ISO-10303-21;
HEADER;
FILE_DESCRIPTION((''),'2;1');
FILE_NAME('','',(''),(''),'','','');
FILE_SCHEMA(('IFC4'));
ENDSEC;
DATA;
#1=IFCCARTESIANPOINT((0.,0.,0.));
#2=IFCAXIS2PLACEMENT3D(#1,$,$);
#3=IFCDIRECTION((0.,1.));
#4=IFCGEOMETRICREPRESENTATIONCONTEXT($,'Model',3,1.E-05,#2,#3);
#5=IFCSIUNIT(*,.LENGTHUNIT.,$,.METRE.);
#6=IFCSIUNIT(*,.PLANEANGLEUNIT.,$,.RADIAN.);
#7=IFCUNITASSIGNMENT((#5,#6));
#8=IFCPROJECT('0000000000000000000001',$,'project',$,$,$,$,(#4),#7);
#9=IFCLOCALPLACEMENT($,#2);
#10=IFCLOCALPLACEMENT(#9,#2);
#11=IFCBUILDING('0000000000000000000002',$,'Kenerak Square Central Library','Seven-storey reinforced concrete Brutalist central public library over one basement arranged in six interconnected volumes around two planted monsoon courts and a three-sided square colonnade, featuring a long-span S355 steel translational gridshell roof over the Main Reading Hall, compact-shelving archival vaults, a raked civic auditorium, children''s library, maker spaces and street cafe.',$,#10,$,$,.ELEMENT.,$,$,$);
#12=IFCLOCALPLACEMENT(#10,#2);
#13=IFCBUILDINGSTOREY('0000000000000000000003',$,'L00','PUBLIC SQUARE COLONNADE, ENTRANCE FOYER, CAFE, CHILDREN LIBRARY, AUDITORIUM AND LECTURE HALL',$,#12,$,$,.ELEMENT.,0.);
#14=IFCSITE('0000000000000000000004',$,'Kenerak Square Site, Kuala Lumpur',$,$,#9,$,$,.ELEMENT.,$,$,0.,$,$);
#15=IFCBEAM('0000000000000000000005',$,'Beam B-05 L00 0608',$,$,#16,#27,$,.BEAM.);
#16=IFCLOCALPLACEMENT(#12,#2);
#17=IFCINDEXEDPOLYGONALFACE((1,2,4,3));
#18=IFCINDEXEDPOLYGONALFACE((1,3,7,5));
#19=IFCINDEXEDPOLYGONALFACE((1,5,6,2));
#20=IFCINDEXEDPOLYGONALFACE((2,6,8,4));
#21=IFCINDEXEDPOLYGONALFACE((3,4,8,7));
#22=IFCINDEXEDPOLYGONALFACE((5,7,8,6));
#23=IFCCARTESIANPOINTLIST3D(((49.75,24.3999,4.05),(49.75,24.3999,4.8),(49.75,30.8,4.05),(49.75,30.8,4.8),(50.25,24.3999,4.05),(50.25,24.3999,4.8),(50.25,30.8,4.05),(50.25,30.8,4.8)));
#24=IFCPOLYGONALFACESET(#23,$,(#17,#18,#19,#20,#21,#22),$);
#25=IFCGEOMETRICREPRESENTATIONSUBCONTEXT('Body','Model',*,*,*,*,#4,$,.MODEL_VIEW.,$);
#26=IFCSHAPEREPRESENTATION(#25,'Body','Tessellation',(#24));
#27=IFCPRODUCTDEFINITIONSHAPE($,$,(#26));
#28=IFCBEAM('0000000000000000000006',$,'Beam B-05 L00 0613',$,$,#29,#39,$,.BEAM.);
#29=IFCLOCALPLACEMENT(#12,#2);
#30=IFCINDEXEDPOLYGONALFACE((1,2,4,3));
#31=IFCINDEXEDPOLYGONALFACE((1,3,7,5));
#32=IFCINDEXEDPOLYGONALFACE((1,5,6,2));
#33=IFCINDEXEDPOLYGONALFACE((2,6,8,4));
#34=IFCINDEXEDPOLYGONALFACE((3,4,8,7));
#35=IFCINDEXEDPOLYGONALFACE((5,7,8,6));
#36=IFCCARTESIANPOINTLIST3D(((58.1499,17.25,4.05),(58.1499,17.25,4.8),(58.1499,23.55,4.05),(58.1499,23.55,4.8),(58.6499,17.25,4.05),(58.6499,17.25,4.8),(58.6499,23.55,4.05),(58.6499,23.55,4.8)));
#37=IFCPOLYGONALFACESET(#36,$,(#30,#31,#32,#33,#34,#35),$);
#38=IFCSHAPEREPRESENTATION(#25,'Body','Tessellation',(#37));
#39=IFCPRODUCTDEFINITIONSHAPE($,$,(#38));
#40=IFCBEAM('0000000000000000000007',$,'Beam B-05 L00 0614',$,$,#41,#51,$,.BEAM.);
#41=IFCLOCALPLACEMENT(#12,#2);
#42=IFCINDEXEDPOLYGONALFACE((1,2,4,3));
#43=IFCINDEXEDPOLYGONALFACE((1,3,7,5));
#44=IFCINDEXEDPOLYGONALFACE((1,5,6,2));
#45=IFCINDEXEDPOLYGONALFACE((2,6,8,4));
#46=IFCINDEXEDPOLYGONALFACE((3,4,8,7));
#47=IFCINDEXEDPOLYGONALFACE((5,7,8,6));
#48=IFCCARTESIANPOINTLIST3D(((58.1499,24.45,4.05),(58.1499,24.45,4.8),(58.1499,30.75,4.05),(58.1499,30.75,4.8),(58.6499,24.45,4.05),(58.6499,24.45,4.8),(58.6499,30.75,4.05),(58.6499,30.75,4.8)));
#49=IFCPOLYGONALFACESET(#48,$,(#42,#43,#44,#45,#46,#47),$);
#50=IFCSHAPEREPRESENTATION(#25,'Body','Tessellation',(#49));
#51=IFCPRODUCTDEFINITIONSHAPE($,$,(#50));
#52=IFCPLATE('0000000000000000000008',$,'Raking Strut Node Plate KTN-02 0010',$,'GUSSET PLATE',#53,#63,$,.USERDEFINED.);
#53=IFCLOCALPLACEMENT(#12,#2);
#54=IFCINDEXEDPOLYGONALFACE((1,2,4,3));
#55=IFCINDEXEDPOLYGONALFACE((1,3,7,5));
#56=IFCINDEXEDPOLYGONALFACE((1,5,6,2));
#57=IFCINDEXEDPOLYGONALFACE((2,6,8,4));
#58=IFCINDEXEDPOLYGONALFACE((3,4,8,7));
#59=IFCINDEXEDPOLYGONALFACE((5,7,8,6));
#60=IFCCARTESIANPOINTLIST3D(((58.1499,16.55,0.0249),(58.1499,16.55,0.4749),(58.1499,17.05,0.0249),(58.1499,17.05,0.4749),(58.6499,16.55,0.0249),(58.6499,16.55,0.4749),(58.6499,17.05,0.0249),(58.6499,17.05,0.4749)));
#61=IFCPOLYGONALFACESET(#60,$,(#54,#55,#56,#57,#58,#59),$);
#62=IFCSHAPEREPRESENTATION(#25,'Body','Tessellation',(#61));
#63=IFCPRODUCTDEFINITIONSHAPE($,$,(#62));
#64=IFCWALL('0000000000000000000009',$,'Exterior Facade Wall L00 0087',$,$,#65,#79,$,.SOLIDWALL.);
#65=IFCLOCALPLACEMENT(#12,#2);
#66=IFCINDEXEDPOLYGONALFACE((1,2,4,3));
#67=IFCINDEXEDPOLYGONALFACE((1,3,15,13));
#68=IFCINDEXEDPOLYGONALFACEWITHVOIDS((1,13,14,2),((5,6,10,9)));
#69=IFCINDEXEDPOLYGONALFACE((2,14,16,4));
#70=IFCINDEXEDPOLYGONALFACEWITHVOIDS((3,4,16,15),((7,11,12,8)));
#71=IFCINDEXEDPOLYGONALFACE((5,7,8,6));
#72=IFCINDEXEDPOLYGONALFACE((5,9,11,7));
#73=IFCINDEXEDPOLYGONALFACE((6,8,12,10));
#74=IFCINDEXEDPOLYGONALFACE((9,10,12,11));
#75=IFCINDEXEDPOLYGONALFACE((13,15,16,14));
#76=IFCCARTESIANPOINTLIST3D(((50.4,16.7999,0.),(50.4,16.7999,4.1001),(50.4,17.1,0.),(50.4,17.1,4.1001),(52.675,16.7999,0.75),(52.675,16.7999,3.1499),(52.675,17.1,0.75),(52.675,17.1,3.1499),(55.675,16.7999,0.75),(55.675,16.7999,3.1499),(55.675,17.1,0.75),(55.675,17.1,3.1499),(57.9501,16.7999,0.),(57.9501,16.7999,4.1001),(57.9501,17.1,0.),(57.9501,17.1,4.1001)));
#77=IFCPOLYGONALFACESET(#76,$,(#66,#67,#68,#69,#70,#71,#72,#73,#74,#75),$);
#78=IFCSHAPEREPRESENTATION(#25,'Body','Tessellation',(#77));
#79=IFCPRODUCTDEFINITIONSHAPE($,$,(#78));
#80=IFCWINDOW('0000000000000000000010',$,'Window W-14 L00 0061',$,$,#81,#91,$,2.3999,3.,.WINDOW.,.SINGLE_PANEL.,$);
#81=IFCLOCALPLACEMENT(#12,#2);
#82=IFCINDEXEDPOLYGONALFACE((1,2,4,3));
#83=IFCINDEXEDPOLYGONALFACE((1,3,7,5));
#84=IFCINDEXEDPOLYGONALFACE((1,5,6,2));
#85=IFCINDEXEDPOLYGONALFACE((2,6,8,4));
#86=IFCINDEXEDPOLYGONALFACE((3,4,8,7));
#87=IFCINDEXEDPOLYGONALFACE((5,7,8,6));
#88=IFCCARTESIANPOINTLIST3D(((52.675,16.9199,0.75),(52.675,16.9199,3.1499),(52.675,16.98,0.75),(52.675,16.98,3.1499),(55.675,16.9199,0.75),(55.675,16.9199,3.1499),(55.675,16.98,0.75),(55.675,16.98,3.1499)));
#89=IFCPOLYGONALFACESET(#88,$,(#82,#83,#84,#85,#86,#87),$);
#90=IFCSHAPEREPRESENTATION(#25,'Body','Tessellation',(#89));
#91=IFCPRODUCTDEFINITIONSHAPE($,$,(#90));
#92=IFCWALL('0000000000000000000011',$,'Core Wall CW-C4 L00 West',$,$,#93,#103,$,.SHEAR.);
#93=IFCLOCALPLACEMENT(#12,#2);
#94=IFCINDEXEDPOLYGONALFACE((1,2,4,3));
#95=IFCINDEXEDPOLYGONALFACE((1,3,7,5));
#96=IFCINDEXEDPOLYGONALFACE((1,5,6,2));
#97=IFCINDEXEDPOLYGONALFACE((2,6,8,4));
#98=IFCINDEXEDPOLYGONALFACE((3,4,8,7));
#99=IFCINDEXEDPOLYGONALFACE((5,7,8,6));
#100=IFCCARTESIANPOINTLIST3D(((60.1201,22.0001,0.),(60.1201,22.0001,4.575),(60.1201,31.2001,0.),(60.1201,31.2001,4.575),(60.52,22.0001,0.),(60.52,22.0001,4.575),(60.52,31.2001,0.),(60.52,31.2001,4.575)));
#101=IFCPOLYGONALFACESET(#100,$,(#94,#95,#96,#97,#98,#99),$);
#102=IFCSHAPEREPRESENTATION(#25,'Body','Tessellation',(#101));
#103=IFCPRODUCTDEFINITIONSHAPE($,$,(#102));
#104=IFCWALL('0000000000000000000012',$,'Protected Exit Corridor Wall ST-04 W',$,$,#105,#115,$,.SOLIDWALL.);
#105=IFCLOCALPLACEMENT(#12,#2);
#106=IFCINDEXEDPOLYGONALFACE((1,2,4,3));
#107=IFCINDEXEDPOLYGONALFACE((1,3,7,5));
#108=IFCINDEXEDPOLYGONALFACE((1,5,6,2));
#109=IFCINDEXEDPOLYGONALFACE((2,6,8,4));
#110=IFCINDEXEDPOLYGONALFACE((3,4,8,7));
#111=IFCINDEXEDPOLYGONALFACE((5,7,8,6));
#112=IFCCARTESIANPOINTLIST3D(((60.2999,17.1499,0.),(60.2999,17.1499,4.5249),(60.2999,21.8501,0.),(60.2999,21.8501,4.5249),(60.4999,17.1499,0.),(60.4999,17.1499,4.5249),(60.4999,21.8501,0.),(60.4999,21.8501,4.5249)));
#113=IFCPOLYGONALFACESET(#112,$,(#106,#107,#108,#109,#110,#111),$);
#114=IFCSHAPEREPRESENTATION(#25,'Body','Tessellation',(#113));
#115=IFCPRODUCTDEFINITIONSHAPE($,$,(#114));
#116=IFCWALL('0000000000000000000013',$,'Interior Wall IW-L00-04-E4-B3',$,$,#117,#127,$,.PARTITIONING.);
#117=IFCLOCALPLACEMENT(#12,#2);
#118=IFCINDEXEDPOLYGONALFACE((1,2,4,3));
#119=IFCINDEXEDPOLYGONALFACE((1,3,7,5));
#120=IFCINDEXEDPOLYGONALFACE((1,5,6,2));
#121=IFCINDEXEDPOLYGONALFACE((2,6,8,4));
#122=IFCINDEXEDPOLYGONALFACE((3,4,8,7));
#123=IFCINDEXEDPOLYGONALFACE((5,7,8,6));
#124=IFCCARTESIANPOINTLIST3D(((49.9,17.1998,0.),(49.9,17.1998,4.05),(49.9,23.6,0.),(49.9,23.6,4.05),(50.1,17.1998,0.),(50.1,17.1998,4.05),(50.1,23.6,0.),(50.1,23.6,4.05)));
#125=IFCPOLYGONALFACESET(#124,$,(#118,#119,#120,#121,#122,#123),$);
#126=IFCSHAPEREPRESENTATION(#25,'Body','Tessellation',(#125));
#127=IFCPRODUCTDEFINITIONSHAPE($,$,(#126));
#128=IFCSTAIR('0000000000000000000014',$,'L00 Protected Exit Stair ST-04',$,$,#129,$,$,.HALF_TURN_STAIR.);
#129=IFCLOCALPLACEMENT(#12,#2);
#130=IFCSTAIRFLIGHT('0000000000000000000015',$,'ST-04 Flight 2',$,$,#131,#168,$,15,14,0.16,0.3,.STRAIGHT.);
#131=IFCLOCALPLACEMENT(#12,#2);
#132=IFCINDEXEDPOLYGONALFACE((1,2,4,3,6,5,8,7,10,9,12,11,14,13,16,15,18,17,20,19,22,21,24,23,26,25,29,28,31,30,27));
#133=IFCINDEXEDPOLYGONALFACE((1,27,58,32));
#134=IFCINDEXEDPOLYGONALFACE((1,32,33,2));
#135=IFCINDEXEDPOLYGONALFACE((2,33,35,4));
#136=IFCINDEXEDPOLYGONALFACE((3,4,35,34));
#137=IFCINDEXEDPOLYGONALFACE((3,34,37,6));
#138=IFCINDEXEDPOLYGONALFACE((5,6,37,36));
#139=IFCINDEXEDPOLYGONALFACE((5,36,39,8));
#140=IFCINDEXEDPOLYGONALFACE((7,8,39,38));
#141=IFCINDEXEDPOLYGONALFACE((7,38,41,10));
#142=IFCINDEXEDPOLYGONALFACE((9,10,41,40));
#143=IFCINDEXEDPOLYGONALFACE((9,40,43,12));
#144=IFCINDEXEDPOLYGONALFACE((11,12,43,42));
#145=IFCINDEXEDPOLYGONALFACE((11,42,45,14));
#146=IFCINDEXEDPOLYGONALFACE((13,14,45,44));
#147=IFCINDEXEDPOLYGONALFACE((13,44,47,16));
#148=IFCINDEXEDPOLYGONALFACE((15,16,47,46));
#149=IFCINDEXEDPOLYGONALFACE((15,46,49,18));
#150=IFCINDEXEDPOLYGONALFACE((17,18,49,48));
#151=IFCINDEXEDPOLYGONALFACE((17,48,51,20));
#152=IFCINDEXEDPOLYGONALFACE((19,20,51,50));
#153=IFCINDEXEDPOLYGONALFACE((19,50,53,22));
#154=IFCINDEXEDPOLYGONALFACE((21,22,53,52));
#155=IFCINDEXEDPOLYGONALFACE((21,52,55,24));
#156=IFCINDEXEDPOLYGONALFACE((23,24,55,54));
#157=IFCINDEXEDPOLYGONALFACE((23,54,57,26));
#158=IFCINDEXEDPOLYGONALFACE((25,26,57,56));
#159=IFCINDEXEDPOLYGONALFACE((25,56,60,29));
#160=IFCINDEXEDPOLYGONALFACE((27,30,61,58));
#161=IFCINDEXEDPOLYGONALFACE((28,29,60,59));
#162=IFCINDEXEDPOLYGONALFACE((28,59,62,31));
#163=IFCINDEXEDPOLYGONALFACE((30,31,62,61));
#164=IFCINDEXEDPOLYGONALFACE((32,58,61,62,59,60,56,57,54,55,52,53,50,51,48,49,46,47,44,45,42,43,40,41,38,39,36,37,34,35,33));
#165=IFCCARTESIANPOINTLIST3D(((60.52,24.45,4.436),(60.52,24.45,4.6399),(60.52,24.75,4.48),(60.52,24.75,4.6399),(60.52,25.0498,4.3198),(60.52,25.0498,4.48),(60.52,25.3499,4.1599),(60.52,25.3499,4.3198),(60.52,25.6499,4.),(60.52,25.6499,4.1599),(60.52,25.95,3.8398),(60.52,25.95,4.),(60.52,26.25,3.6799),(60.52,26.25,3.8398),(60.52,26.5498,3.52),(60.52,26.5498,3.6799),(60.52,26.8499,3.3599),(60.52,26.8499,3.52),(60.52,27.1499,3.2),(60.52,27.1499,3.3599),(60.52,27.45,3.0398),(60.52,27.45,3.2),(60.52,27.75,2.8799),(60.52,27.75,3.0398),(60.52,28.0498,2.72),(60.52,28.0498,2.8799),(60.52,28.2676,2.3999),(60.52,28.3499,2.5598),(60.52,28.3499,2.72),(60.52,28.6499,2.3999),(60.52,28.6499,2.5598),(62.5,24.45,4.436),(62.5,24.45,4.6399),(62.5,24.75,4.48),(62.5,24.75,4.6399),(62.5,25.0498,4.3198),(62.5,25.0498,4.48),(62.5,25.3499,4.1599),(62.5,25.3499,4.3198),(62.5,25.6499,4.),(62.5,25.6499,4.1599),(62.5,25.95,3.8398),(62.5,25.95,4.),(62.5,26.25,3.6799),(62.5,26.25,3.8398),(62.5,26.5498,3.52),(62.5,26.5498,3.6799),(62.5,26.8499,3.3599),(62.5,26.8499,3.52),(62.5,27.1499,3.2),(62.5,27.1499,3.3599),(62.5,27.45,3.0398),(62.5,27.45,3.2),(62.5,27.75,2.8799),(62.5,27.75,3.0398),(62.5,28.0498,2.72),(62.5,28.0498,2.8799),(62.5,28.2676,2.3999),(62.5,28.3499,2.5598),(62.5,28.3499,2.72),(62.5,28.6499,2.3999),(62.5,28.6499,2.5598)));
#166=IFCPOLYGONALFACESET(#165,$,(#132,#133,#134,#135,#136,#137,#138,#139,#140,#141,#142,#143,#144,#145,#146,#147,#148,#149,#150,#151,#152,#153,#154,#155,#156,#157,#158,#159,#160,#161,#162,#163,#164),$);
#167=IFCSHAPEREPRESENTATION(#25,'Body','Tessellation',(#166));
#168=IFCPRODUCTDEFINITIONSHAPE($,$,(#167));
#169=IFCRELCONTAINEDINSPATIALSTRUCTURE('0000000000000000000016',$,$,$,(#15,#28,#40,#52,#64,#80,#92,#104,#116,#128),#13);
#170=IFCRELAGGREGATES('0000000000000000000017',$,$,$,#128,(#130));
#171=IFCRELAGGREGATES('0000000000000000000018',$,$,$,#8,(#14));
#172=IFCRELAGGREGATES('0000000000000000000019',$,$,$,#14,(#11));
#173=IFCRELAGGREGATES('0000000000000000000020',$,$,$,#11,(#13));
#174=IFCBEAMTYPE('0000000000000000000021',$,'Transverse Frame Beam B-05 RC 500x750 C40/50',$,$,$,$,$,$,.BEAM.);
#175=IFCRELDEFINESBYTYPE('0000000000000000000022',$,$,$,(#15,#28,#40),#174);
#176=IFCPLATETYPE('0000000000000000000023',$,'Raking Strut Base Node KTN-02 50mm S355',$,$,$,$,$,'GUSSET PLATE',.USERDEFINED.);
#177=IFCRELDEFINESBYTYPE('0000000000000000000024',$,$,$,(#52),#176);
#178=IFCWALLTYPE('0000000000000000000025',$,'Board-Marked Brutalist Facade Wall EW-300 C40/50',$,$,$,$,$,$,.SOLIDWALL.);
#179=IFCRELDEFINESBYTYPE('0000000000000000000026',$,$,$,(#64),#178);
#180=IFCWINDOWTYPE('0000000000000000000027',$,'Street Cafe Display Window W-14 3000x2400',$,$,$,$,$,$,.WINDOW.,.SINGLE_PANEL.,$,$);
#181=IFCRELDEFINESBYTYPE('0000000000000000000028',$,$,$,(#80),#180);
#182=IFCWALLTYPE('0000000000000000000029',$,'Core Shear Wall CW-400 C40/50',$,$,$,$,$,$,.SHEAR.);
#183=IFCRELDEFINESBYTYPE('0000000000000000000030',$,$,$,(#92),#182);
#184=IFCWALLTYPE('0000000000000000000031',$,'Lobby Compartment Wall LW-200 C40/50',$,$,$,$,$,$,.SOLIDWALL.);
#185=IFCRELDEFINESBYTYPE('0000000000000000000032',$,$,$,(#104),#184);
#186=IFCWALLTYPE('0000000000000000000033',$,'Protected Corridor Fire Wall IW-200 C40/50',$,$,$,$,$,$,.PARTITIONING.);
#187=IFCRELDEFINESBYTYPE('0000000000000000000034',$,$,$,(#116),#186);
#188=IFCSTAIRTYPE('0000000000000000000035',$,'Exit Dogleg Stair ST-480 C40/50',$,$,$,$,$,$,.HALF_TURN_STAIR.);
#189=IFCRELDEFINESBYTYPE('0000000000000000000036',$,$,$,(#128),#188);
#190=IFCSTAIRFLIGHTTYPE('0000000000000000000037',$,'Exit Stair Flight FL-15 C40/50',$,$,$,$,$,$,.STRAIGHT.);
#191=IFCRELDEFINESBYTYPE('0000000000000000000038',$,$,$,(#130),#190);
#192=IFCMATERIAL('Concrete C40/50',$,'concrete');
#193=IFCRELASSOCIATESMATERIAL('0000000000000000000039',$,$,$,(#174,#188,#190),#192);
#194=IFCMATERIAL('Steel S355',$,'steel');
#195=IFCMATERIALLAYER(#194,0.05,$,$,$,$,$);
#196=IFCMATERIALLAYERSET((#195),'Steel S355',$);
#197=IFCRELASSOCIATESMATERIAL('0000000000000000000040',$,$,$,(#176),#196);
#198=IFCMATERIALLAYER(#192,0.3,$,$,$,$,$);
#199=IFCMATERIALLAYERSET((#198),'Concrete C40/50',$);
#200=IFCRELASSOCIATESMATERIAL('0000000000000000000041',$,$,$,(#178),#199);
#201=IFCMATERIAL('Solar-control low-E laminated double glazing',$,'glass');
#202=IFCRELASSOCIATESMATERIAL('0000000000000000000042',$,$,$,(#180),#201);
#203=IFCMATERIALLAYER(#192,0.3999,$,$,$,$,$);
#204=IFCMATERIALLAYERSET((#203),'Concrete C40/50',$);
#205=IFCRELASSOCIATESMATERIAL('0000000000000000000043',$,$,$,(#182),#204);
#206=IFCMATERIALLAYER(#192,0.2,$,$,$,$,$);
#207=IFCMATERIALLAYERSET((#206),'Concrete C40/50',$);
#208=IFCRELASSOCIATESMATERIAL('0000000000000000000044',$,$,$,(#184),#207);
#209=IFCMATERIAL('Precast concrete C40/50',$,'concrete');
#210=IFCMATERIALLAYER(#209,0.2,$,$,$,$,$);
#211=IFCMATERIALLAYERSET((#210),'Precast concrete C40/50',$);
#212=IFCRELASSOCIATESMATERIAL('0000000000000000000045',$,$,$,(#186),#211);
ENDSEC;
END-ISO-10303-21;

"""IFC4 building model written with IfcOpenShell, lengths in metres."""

from ifc_helpers import new_model, si_unit, direction, frame, frame_2d, origin, origin_2d, place, context, subcontext, project, spatial, polyline, rectangle, outline, extrude, material, layer, layer_set, material_profile, profile_set, type_object, element, fill, aggregate, save


model = new_model("IFC4")

# Units and contexts
model_context = context("Model", 3, precision=1e-05, world=origin(), true_north=direction((0.0, 1.0)))
body_context = subcontext(model_context, "Body", "Model", "MODEL_VIEW")
ifc_project = project(units=[si_unit("LENGTHUNIT", "METRE"), si_unit("PLANEANGLEUNIT", "RADIAN")], contexts=[model_context])

# Site, building, storey
site_placement = place(None, origin())
site = spatial("IfcSite", under=ifc_project, at=site_placement, Name="Kenerak Square Site, Kuala Lumpur", CompositionType="ELEMENT", RefElevation=0.0)
building_placement = place(site_placement, origin())
building = spatial("IfcBuilding", under=site, at=building_placement, Name="Kenerak Square Central Library", Description="Seven-storey reinforced concrete Brutalist central public library over one basement arranged in six interconnected volumes around two planted monsoon courts and a three-sided square colonnade, featuring a long-span S355 steel translational gridshell roof over the Main Reading Hall, compact-shelving archival vaults, a raked civic auditorium, children's library, maker spaces and street cafe.", CompositionType="ELEMENT")
storey_placement = place(building_placement, origin())
storey = spatial("IfcBuildingStorey", under=building, at=storey_placement, Name="L00", Description="PUBLIC SQUARE COLONNADE, ENTRANCE FOYER, CAFE, CHILDREN LIBRARY, AUDITORIUM AND LECTURE HALL", CompositionType="ELEMENT", Elevation=0.0)

# Shared definitions
ifc_material_1 = material(Name="Concrete C40/50", Category="concrete")

# Shared definitions
ifc_material_2 = material(Name="Steel S355", Category="steel")

# Beams
ifc_material_profile_1 = material_profile(ifc_material_1, rectangle(XDim=0.5, YDim=0.75, at=origin_2d()), Name="RC 500x750")
ifc_profile_set_1 = profile_set([ifc_material_profile_1], Name="Concrete C40/50")
beam_type_1 = type_object("IfcBeamType", Name="Transverse Frame Beam B-05 RC 500x750 C40/50", PredefinedType="BEAM", material=ifc_profile_set_1)
beam_1_placement = place(storey_placement, frame((50.0, 24.3999, 4.425), z_axis=(0.0, 1.0, 0.0), x_axis=(-1.0, 0.0, 0.0)))
element("IfcBeam", 1, at=beam_1_placement, inside=storey, type_object=beam_type_1, Name="Beam B-05 L00 0608", PredefinedType="BEAM", context=body_context, shape_type="SweptSolid", body=[
    extrude(rectangle(XDim=0.5, YDim=0.75, at=origin_2d()), origin(), (0.0, 0.0, 1.0), 6.4001),
])
for number, where, z_axis, x_axis, name in (
    (2, (58.3999, 17.25, 4.425), (0.0, 1.0, 0.0), (-1.0, 0.0, 0.0), "Beam B-05 L00 0613"),
    (3, (58.3999, 24.45, 4.425), (0.0, 1.0, 0.0), (-1.0, 0.0, 0.0), "Beam B-05 L00 0614"),
):
    element("IfcBeam", number, at=place(storey_placement, frame(where, z_axis=z_axis, x_axis=x_axis)), inside=storey, type_object=beam_type_1, Name=name, PredefinedType="BEAM", context=body_context, shape_type="SweptSolid", body=[
        extrude(rectangle(XDim=0.5, YDim=0.75, at=origin_2d()), origin(), (0.0, 0.0, 1.0), 6.3),
    ])

# Plate
ifc_layer_1 = layer(ifc_material_2, 0.05)
ifc_layer_set_1 = layer_set([ifc_layer_1], Name="Steel S355")
plate_type = type_object("IfcPlateType", Name="Raking Strut Base Node KTN-02 50mm S355", ElementType="GUSSET PLATE", PredefinedType="USERDEFINED", material=ifc_layer_set_1)
plate_placement = place(storey_placement, frame((58.3999, 16.8, 0.0249), z_axis=(0.0, 0.0, 1.0), x_axis=(1.0, 0.0, 0.0)))
element("IfcPlate", 4, at=plate_placement, inside=storey, type_object=plate_type, Name="Raking Strut Node Plate KTN-02 0010", ObjectType="GUSSET PLATE", PredefinedType="USERDEFINED", context=body_context, shape_type="SweptSolid", body=[
    extrude(rectangle(XDim=0.5, YDim=0.5, at=origin_2d()), origin(), (0.0, 0.0, 1.0), 0.45),
])

# Wall, opening, window
ifc_layer_2 = layer(ifc_material_1, 0.3)
ifc_layer_set_2 = layer_set([ifc_layer_2], Name="Concrete C40/50")
wall_type_1 = type_object("IfcWallType", Name="Board-Marked Brutalist Facade Wall EW-300 C40/50", PredefinedType="SOLIDWALL", material=ifc_layer_set_2)
wall_1_placement = place(storey_placement, frame((57.95, 16.95, 0.0), z_axis=(0.0, 0.0, 1.0), x_axis=(-1.0, 0.0, 0.0)))
wall_1 = element("IfcWall", 5, at=wall_1_placement, inside=storey, type_object=wall_type_1, Name="Exterior Facade Wall L00 0087", PredefinedType="SOLIDWALL", context=body_context, shape_type="SweptSolid", body=[
    extrude(rectangle(XDim=7.55, YDim=0.3, at=frame_2d((3.7749, 0.0))), origin(), (0.0, 0.0, 1.0), 4.1001),
])
opening_placement = place(wall_1_placement, frame((2.2749, 0.0, 0.75)))
opening = element("IfcOpeningElement", 6, at=opening_placement, cuts=wall_1, PredefinedType="OPENING", context=body_context, shape_type="SweptSolid", body=[
    extrude(rectangle(XDim=3.0, YDim=2.3999, at=frame_2d((1.5, 1.2))), frame((0.0, 0.1599, 0.0), z_axis=(0.0, -1.0, 0.0), x_axis=(1.0, 0.0, 0.0)), (0.0, 0.0, 1.0), 0.3201),
])
ifc_material_3 = material(Name="Solar-control low-E laminated double glazing", Category="glass")
window_type = type_object("IfcWindowType", Name="Street Cafe Display Window W-14 3000x2400", PartitioningType="SINGLE_PANEL", PredefinedType="WINDOW", material=ifc_material_3)
window_placement = place(opening_placement, origin())
window = element("IfcWindow", 7, at=window_placement, inside=storey, type_object=window_type, Name="Window W-14 L00 0061", OverallHeight=2.3999, OverallWidth=3.0, PartitioningType="SINGLE_PANEL", PredefinedType="WINDOW", context=body_context, shape_type="SweptSolid", body=[
    extrude(rectangle(XDim=3.0, YDim=2.3999, at=frame_2d((1.5, 1.2))), frame((0.0, 0.03, 0.0), z_axis=(0.0, -1.0, 0.0), x_axis=(1.0, 0.0, 0.0)), (0.0, 0.0, 1.0), 0.0601),
])
fill(opening, window)

# Walls
ifc_layer_3 = layer(ifc_material_1, 0.3999)
ifc_layer_set_3 = layer_set([ifc_layer_3], Name="Concrete C40/50")
wall_type_2 = type_object("IfcWallType", Name="Core Shear Wall CW-400 C40/50", PredefinedType="SHEAR", material=ifc_layer_set_3)
wall_2_placement = place(storey_placement, frame((60.3201, 22.0, 0.0), z_axis=(0.0, 0.0, 1.0), x_axis=(0.0, 1.0, 0.0)))
element("IfcWall", 8, at=wall_2_placement, inside=storey, type_object=wall_type_2, Name="Core Wall CW-C4 L00 West", PredefinedType="SHEAR", context=body_context, shape_type="SweptSolid", body=[
    extrude(rectangle(XDim=9.2, YDim=0.3999, at=frame_2d((4.6001, 0.0))), origin(), (0.0, 0.0, 1.0), 4.575),
])
ifc_layer_4 = layer(ifc_material_1, 0.2)
ifc_layer_set_4 = layer_set([ifc_layer_4], Name="Concrete C40/50")
wall_type_3 = type_object("IfcWallType", Name="Lobby Compartment Wall LW-200 C40/50", PredefinedType="SOLIDWALL", material=ifc_layer_set_4)
wall_3_placement = place(storey_placement, frame((60.3999, 17.1499, 0.0), z_axis=(0.0, 0.0, 1.0), x_axis=(0.0, 1.0, 0.0)))
element("IfcWall", 9, at=wall_3_placement, inside=storey, type_object=wall_type_3, Name="Protected Exit Corridor Wall ST-04 W", PredefinedType="SOLIDWALL", context=body_context, shape_type="SweptSolid", body=[
    extrude(rectangle(XDim=4.7002, YDim=0.2, at=frame_2d((2.3501, 0.0))), origin(), (0.0, 0.0, 1.0), 4.5249),
])
ifc_material_4 = material(Name="Precast concrete C40/50", Category="concrete")
ifc_layer_5 = layer(ifc_material_4, 0.2)
ifc_layer_set_5 = layer_set([ifc_layer_5], Name="Precast concrete C40/50")
wall_type_4 = type_object("IfcWallType", Name="Protected Corridor Fire Wall IW-200 C40/50", PredefinedType="PARTITIONING", material=ifc_layer_set_5)
wall_4_placement = place(storey_placement, frame((50.0, 23.6001, 0.0), z_axis=(0.0, 0.0, 1.0), x_axis=(0.0, -1.0, 0.0)))
element("IfcWall", 10, at=wall_4_placement, inside=storey, type_object=wall_type_4, Name="Interior Wall IW-L00-04-E4-B3", PredefinedType="PARTITIONING", context=body_context, shape_type="SweptSolid", body=[
    extrude(rectangle(XDim=6.4001, YDim=0.2, at=frame_2d((3.2002, 0.0))), origin(), (0.0, 0.0, 1.0), 4.05),
])

# Stair, stair flight
stair_type = type_object("IfcStairType", Name="Exit Dogleg Stair ST-480 C40/50", PredefinedType="HALF_TURN_STAIR", material=ifc_material_1)
stair_placement = place(storey_placement, origin())
stair = element("IfcStair", 11, at=stair_placement, inside=storey, type_object=stair_type, Name="L00 Protected Exit Stair ST-04", PredefinedType="HALF_TURN_STAIR")
stair_flight_type = type_object("IfcStairFlightType", Name="Exit Stair Flight FL-15 C40/50", PredefinedType="STRAIGHT", material=ifc_material_1)
stair_flight_placement = place(storey_placement, frame((61.51, 28.6499, 2.3999), z_axis=(0.0, 0.0, 1.0), x_axis=(0.0, -1.0, 0.0)))
stair_flight = element("IfcStairFlight", 12, at=stair_flight_placement, type_object=stair_flight_type, Name="ST-04 Flight 2", NumberOfRisers=15, NumberOfTreads=14, PredefinedType="STRAIGHT", RiserHeight=0.16, TreadLength=0.3, context=body_context, shape_type="SweptSolid", body=[
    extrude(outline(polyline([(0.0, 0.0), (0.0, 0.1599), (0.3, 0.1599), (0.3, 0.3201), (0.6001, 0.3201), (0.6001, 0.48), (0.8999, 0.48), (0.8999, 0.6399), (1.2, 0.6399), (1.2, 0.8), (1.5, 0.8), (1.5, 0.96), (1.8, 0.96), (1.8, 1.1201), (2.1001, 1.1201), (2.1001, 1.28), (2.3999, 1.28), (2.3999, 1.4399), (2.7, 1.4399), (2.7, 1.6001), (3.0, 1.6001), (3.0, 1.76), (3.3, 1.76), (3.3, 1.9199), (3.6001, 1.9199), (3.6001, 2.0801), (3.8999, 2.0801), (3.8999, 2.24), (4.2, 2.24), (4.2, 2.3999), (4.2, 2.0361), (0.3823, 0.0), (0.0, 0.0)])), frame((0.0, 0.99, 0.0), z_axis=(0.0, -1.0, 0.0), x_axis=(1.0, 0.0, 0.0)), (0.0, 0.0, 1.0), 1.98),
])
aggregate(stair, [stair_flight])

save(model, "model.ifc")
